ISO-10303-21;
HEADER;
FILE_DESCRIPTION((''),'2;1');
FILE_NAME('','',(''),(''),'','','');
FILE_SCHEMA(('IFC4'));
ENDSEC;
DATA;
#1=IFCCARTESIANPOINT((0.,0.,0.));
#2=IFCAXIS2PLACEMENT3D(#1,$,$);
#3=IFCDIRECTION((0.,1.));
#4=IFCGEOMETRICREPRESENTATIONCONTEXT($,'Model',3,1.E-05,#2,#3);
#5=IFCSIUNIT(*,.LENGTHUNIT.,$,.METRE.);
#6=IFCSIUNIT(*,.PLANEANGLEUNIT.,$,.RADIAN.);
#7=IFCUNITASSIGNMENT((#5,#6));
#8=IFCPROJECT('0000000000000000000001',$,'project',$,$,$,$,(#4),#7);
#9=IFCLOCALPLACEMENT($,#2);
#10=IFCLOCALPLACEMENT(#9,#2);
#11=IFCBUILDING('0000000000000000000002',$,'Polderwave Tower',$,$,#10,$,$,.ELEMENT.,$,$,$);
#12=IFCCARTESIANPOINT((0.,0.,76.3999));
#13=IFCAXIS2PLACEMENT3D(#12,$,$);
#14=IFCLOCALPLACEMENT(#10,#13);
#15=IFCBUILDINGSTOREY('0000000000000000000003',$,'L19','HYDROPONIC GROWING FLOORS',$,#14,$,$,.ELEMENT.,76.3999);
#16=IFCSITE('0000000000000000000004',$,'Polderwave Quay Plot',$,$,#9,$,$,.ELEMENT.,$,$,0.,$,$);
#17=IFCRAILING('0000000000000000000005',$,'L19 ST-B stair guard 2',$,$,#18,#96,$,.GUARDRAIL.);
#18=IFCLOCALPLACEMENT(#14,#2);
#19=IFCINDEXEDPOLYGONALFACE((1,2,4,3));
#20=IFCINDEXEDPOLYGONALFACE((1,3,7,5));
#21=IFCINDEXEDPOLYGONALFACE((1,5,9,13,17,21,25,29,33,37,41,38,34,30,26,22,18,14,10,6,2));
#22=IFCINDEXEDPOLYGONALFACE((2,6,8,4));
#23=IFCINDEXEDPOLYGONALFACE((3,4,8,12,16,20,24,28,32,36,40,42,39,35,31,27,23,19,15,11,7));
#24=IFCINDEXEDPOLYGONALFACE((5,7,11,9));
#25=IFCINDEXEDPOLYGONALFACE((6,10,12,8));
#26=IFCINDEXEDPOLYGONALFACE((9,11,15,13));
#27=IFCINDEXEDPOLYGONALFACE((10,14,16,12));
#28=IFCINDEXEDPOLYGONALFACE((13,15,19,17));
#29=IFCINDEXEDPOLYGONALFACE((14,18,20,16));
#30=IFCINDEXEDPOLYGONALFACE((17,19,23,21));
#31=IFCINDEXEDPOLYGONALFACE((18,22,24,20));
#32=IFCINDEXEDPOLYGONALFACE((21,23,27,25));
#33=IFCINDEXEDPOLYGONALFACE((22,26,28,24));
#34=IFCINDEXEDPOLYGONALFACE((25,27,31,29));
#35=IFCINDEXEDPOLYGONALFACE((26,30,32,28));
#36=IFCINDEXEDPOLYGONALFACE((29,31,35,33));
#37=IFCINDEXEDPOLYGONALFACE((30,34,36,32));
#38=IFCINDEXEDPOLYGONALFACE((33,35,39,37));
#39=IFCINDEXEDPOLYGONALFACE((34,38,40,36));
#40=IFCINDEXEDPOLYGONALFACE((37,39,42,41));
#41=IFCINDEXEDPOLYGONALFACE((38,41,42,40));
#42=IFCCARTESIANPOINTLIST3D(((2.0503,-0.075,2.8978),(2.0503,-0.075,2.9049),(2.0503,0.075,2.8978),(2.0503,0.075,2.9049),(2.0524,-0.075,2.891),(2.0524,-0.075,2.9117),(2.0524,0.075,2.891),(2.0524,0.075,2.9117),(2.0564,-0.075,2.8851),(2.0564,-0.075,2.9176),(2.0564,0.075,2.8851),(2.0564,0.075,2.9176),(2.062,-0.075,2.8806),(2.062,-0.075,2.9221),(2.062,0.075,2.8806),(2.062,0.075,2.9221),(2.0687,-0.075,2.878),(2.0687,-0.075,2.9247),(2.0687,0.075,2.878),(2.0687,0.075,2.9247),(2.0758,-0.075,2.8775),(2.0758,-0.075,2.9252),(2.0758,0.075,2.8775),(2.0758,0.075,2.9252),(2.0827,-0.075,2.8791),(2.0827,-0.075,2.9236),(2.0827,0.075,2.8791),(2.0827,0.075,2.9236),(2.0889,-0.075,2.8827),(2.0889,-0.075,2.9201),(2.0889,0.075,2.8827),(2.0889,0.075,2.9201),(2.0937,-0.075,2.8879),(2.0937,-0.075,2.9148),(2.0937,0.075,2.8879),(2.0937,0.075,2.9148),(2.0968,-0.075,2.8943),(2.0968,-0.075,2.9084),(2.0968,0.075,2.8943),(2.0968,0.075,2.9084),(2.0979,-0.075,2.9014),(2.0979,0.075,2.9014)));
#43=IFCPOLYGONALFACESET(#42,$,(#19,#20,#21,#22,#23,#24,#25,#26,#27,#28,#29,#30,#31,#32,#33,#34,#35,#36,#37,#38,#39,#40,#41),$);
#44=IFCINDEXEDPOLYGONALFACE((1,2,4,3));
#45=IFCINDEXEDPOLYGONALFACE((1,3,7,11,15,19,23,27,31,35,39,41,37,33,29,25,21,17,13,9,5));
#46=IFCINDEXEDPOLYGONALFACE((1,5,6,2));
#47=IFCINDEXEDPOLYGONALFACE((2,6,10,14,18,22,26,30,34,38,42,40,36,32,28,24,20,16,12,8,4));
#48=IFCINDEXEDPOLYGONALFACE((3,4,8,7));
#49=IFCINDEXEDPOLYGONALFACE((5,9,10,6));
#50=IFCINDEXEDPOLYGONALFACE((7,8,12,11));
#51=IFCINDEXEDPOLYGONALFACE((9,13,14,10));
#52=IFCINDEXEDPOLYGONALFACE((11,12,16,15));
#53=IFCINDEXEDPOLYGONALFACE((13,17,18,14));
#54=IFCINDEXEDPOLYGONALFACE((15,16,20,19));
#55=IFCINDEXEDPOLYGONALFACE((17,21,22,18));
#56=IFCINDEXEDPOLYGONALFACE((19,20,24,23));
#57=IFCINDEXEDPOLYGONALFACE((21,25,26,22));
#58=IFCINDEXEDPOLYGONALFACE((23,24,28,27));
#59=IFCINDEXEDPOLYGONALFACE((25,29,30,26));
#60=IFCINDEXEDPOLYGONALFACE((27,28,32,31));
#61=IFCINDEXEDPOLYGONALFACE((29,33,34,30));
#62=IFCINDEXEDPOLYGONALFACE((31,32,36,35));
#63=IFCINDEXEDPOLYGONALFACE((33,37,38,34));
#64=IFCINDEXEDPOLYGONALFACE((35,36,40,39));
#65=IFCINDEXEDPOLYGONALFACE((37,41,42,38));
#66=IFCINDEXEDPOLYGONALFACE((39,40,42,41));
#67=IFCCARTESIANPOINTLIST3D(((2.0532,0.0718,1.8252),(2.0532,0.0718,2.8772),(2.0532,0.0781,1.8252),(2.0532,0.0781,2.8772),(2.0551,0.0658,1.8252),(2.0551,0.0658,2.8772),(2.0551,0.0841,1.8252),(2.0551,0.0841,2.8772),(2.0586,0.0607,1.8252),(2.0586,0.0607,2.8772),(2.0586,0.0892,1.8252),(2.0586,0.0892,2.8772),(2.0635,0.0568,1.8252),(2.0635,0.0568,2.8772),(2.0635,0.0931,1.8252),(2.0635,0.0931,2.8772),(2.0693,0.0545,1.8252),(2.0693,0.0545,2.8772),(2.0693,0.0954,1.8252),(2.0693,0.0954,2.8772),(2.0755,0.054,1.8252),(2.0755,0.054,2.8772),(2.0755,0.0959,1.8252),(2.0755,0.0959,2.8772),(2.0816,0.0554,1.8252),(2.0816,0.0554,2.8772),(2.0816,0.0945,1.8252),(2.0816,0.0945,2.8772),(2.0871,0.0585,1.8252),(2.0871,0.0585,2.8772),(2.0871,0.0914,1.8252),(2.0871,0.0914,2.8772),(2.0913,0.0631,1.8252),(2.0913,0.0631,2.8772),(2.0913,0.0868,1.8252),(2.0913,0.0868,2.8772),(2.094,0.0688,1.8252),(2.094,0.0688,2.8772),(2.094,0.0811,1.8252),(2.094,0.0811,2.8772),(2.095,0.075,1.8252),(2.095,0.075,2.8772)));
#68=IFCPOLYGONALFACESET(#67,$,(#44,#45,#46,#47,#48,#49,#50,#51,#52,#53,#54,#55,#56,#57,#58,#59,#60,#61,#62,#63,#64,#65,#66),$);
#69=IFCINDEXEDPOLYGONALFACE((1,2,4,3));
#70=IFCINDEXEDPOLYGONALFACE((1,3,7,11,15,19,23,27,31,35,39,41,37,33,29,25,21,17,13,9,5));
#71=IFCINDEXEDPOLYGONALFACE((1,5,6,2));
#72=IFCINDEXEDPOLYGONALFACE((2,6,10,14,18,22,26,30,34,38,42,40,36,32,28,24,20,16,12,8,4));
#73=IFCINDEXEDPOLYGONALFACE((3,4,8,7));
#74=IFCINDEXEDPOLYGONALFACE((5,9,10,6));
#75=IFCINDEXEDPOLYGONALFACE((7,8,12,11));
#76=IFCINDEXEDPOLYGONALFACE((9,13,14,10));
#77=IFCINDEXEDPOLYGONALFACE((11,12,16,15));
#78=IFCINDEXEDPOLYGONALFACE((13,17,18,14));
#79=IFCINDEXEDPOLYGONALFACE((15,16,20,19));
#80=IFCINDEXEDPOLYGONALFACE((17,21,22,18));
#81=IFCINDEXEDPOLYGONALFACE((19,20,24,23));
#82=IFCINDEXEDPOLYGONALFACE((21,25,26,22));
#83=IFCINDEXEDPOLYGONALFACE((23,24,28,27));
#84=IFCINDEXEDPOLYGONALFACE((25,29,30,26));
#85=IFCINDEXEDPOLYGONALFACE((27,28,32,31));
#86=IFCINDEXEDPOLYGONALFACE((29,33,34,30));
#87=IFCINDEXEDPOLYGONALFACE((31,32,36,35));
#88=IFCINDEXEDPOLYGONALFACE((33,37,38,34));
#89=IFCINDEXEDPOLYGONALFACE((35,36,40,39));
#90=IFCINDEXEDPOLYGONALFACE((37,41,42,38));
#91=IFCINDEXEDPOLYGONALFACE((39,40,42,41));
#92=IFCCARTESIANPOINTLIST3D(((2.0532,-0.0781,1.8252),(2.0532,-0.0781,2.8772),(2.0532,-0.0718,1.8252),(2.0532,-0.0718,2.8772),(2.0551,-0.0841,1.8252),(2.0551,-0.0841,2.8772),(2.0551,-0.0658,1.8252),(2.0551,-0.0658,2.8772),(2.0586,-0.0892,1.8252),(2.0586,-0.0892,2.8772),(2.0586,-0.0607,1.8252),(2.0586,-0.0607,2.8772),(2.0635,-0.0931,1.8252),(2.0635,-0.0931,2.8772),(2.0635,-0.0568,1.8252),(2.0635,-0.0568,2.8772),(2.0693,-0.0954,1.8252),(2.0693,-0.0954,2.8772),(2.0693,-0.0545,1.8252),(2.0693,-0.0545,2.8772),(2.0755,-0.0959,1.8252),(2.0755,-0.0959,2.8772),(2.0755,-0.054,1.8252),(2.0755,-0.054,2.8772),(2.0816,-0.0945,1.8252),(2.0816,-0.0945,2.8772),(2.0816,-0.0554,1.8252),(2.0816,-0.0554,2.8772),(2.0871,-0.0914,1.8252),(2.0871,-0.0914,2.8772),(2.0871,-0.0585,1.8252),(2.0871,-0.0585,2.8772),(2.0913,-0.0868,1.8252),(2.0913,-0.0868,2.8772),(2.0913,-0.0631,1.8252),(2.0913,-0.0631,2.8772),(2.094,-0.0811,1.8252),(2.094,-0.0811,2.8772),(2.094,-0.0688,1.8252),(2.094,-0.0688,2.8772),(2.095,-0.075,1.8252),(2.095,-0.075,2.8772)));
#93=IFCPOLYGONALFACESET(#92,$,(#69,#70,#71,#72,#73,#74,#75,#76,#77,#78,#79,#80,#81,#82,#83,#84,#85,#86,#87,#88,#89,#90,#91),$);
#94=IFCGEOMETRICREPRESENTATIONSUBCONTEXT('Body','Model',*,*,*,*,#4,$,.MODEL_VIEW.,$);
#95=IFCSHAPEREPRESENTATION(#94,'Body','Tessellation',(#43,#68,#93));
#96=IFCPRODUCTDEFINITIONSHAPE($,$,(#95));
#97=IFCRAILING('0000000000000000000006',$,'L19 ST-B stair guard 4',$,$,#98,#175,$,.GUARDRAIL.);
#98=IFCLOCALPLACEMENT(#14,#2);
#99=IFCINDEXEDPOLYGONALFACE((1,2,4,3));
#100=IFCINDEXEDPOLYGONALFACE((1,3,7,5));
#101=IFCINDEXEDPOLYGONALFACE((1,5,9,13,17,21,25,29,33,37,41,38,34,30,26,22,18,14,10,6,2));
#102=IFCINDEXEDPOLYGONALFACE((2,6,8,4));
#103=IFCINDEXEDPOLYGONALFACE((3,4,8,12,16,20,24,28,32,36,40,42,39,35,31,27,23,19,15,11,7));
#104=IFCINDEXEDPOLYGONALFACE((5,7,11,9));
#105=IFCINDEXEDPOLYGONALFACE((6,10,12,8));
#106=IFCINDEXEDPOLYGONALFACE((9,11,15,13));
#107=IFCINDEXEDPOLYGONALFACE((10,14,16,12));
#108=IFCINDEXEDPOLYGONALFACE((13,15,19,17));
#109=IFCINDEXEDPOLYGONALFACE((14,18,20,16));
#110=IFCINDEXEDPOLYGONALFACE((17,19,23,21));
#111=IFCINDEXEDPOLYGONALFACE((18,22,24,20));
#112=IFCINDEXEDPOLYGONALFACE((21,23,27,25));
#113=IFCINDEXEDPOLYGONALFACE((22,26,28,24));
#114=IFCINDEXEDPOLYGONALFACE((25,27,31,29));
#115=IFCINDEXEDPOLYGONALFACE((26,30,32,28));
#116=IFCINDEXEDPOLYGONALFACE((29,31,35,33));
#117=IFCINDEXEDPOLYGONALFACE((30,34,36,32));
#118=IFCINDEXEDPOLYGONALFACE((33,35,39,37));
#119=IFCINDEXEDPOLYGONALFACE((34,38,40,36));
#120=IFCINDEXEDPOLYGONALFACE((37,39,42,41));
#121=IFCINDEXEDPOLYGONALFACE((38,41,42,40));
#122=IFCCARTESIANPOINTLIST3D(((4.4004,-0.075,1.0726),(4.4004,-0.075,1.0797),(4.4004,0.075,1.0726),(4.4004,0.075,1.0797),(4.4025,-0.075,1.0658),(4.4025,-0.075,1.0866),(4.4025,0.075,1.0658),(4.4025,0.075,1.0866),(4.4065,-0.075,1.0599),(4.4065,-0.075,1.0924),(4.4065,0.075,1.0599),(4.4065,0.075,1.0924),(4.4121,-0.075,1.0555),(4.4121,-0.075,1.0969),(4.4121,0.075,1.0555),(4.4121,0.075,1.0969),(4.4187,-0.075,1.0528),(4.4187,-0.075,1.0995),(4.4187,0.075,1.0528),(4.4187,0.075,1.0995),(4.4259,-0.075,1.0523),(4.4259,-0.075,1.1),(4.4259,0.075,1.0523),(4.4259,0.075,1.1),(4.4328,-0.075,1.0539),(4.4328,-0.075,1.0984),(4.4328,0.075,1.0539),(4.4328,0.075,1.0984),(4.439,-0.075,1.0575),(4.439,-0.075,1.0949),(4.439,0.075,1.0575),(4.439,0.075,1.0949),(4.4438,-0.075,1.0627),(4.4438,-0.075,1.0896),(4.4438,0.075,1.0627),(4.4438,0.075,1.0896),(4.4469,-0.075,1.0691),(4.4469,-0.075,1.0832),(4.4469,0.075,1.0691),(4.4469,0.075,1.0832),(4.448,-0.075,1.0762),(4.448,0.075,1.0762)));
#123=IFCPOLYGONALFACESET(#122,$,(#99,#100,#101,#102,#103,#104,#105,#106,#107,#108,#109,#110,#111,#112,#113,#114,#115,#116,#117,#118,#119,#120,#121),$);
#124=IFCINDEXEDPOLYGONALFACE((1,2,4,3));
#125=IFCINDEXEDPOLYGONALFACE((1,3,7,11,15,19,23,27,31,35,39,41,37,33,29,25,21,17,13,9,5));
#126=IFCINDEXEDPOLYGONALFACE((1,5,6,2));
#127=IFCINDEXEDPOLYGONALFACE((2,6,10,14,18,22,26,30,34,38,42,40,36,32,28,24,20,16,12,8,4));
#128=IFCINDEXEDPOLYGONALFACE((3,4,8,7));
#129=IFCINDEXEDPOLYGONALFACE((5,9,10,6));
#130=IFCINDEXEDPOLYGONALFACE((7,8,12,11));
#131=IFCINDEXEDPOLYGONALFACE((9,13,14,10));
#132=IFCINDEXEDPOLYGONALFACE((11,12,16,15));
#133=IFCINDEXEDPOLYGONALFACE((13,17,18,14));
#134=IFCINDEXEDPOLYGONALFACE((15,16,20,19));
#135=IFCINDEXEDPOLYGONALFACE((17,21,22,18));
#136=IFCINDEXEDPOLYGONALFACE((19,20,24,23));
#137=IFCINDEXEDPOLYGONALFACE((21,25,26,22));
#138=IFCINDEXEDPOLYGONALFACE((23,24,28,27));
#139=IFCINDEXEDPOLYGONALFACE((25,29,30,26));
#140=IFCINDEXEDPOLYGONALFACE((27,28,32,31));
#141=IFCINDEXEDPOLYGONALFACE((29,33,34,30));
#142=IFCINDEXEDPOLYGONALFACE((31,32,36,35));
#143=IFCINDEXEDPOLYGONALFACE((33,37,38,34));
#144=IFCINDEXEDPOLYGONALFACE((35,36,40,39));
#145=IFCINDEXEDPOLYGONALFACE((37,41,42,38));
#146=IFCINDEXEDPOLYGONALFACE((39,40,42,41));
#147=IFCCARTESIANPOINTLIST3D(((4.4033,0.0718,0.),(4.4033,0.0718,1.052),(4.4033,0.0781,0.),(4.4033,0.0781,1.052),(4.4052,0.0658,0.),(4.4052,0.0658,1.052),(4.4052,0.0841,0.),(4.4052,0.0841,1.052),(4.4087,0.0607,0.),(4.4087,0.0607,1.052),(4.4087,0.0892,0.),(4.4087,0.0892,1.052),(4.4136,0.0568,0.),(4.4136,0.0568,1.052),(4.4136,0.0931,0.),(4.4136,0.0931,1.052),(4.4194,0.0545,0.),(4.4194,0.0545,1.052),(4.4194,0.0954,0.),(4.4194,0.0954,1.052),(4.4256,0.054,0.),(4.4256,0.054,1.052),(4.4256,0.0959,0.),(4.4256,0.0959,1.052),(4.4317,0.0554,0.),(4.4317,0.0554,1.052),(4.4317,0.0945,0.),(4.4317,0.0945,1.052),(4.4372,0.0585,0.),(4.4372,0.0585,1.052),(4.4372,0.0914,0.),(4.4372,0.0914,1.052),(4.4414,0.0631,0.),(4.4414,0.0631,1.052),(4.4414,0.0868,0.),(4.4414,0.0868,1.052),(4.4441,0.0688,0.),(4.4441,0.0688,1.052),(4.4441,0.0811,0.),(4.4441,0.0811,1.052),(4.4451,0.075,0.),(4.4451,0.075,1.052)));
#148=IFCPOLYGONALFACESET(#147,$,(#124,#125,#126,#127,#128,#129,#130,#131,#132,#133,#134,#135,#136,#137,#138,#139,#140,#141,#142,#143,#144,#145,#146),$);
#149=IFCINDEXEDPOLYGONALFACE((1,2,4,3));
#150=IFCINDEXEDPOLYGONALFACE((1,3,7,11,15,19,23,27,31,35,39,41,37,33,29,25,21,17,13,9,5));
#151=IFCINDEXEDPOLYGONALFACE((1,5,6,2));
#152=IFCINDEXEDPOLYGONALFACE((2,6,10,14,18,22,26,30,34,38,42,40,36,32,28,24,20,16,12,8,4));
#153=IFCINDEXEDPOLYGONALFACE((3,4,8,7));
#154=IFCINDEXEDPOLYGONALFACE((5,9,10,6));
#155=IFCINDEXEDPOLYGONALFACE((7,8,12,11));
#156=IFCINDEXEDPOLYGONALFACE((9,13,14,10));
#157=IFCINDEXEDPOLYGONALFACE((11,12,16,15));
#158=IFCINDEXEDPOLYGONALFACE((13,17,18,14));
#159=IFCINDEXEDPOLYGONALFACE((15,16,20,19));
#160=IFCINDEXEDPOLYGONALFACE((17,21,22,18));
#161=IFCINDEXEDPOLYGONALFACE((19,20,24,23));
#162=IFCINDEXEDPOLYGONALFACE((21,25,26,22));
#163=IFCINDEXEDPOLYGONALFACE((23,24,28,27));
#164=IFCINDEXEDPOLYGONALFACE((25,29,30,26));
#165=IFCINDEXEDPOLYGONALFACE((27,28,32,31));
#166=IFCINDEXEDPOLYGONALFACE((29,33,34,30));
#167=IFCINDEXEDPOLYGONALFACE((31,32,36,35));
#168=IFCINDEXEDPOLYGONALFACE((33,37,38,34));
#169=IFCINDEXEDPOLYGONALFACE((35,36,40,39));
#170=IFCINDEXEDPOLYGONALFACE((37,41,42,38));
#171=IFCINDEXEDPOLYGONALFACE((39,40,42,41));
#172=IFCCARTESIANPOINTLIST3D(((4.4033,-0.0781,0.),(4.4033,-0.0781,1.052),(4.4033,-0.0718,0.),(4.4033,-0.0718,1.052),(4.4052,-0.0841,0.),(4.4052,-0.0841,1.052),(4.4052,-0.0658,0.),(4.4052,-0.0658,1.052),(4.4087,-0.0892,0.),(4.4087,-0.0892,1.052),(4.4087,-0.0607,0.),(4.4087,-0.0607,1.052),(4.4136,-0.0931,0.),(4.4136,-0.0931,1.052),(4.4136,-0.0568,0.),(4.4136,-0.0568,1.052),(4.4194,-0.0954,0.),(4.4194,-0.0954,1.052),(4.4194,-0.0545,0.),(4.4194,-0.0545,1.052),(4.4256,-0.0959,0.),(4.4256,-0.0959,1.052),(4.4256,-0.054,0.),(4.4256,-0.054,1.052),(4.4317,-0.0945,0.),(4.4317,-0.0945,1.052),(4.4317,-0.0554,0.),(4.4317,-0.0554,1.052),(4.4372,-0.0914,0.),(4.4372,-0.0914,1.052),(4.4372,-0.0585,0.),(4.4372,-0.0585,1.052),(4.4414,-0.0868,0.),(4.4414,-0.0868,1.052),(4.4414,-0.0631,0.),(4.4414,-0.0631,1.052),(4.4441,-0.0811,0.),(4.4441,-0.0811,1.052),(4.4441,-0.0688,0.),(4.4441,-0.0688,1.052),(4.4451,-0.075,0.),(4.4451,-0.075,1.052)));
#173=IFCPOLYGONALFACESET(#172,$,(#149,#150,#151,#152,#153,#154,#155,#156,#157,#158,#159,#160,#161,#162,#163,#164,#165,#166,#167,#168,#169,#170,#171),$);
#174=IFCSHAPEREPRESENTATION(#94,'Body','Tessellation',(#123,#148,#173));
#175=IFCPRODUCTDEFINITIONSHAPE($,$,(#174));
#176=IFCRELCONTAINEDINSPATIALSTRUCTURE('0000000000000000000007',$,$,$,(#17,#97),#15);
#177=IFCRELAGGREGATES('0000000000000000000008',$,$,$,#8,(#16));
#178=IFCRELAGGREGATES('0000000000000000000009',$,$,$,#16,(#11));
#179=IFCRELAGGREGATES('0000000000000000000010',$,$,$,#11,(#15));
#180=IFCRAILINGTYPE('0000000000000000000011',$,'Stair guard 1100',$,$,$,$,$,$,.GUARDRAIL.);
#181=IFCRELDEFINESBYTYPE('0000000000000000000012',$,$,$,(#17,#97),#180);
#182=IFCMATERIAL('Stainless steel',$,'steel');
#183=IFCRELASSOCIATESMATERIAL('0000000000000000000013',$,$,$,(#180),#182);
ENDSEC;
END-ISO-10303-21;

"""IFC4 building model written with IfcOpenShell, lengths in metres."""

from ifc_helpers import new_model, si_unit, direction, frame, origin, origin_2d, place, context, subcontext, project, spatial, circle, extrude, material, type_object, element, save


model = new_model("IFC4")

# Units and contexts
model_context = context("Model", 3, precision=1e-05, world=origin(), true_north=direction((0.0, 1.0)))
body_context = subcontext(model_context, "Body", "Model", "MODEL_VIEW")
ifc_project = project(units=[si_unit("LENGTHUNIT", "METRE"), si_unit("PLANEANGLEUNIT", "RADIAN")], contexts=[model_context])

# Site, building, storey
site_placement = place(None, origin())
site = spatial("IfcSite", under=ifc_project, at=site_placement, Name="Polderwave Quay Plot", CompositionType="ELEMENT", RefElevation=0.0)
building_placement = place(site_placement, origin())
building = spatial("IfcBuilding", under=site, at=building_placement, Name="Polderwave Tower", CompositionType="ELEMENT")
storey_placement = place(building_placement, frame((0.0, 0.0, 76.3999)))
storey = spatial("IfcBuildingStorey", under=building, at=storey_placement, Name="L19", Description="HYDROPONIC GROWING FLOORS", CompositionType="ELEMENT", Elevation=76.3999)

# Railings
ifc_material_1 = material(Name="Stainless steel", Category="steel")
railing_type_1 = type_object("IfcRailingType", Name="Stair guard 1100", PredefinedType="GUARDRAIL", material=ifc_material_1)
for number, where, name in (
    (1, (2.074, 0.075, 1.8252), "L19 ST-B stair guard 2"),
    (2, (4.4241, 0.075, 0.0), "L19 ST-B stair guard 4"),
):
    element("IfcRailing", number, at=place(storey_placement, frame(where)), inside=storey, type_object=railing_type_1, Name=name, PredefinedType="GUARDRAIL", context=body_context, shape_type="SweptSolid", body=[
        extrude(circle(Radius=0.0239, at=origin_2d()), frame((0.0, 0.0, 1.0762), z_axis=(0.0, -1.0, 0.0), x_axis=(1.0, 0.0, 0.0)), (0.0, 0.0, 1.0), 0.1499),
        extrude(circle(Radius=0.021, at=origin_2d()), origin(), (0.0, 0.0, 1.0), 1.052),
        extrude(circle(Radius=0.021, at=origin_2d()), frame((0.0, -0.1499, 0.0)), (0.0, 0.0, 1.0), 1.052),
    ])

save(model, "model.ifc")
